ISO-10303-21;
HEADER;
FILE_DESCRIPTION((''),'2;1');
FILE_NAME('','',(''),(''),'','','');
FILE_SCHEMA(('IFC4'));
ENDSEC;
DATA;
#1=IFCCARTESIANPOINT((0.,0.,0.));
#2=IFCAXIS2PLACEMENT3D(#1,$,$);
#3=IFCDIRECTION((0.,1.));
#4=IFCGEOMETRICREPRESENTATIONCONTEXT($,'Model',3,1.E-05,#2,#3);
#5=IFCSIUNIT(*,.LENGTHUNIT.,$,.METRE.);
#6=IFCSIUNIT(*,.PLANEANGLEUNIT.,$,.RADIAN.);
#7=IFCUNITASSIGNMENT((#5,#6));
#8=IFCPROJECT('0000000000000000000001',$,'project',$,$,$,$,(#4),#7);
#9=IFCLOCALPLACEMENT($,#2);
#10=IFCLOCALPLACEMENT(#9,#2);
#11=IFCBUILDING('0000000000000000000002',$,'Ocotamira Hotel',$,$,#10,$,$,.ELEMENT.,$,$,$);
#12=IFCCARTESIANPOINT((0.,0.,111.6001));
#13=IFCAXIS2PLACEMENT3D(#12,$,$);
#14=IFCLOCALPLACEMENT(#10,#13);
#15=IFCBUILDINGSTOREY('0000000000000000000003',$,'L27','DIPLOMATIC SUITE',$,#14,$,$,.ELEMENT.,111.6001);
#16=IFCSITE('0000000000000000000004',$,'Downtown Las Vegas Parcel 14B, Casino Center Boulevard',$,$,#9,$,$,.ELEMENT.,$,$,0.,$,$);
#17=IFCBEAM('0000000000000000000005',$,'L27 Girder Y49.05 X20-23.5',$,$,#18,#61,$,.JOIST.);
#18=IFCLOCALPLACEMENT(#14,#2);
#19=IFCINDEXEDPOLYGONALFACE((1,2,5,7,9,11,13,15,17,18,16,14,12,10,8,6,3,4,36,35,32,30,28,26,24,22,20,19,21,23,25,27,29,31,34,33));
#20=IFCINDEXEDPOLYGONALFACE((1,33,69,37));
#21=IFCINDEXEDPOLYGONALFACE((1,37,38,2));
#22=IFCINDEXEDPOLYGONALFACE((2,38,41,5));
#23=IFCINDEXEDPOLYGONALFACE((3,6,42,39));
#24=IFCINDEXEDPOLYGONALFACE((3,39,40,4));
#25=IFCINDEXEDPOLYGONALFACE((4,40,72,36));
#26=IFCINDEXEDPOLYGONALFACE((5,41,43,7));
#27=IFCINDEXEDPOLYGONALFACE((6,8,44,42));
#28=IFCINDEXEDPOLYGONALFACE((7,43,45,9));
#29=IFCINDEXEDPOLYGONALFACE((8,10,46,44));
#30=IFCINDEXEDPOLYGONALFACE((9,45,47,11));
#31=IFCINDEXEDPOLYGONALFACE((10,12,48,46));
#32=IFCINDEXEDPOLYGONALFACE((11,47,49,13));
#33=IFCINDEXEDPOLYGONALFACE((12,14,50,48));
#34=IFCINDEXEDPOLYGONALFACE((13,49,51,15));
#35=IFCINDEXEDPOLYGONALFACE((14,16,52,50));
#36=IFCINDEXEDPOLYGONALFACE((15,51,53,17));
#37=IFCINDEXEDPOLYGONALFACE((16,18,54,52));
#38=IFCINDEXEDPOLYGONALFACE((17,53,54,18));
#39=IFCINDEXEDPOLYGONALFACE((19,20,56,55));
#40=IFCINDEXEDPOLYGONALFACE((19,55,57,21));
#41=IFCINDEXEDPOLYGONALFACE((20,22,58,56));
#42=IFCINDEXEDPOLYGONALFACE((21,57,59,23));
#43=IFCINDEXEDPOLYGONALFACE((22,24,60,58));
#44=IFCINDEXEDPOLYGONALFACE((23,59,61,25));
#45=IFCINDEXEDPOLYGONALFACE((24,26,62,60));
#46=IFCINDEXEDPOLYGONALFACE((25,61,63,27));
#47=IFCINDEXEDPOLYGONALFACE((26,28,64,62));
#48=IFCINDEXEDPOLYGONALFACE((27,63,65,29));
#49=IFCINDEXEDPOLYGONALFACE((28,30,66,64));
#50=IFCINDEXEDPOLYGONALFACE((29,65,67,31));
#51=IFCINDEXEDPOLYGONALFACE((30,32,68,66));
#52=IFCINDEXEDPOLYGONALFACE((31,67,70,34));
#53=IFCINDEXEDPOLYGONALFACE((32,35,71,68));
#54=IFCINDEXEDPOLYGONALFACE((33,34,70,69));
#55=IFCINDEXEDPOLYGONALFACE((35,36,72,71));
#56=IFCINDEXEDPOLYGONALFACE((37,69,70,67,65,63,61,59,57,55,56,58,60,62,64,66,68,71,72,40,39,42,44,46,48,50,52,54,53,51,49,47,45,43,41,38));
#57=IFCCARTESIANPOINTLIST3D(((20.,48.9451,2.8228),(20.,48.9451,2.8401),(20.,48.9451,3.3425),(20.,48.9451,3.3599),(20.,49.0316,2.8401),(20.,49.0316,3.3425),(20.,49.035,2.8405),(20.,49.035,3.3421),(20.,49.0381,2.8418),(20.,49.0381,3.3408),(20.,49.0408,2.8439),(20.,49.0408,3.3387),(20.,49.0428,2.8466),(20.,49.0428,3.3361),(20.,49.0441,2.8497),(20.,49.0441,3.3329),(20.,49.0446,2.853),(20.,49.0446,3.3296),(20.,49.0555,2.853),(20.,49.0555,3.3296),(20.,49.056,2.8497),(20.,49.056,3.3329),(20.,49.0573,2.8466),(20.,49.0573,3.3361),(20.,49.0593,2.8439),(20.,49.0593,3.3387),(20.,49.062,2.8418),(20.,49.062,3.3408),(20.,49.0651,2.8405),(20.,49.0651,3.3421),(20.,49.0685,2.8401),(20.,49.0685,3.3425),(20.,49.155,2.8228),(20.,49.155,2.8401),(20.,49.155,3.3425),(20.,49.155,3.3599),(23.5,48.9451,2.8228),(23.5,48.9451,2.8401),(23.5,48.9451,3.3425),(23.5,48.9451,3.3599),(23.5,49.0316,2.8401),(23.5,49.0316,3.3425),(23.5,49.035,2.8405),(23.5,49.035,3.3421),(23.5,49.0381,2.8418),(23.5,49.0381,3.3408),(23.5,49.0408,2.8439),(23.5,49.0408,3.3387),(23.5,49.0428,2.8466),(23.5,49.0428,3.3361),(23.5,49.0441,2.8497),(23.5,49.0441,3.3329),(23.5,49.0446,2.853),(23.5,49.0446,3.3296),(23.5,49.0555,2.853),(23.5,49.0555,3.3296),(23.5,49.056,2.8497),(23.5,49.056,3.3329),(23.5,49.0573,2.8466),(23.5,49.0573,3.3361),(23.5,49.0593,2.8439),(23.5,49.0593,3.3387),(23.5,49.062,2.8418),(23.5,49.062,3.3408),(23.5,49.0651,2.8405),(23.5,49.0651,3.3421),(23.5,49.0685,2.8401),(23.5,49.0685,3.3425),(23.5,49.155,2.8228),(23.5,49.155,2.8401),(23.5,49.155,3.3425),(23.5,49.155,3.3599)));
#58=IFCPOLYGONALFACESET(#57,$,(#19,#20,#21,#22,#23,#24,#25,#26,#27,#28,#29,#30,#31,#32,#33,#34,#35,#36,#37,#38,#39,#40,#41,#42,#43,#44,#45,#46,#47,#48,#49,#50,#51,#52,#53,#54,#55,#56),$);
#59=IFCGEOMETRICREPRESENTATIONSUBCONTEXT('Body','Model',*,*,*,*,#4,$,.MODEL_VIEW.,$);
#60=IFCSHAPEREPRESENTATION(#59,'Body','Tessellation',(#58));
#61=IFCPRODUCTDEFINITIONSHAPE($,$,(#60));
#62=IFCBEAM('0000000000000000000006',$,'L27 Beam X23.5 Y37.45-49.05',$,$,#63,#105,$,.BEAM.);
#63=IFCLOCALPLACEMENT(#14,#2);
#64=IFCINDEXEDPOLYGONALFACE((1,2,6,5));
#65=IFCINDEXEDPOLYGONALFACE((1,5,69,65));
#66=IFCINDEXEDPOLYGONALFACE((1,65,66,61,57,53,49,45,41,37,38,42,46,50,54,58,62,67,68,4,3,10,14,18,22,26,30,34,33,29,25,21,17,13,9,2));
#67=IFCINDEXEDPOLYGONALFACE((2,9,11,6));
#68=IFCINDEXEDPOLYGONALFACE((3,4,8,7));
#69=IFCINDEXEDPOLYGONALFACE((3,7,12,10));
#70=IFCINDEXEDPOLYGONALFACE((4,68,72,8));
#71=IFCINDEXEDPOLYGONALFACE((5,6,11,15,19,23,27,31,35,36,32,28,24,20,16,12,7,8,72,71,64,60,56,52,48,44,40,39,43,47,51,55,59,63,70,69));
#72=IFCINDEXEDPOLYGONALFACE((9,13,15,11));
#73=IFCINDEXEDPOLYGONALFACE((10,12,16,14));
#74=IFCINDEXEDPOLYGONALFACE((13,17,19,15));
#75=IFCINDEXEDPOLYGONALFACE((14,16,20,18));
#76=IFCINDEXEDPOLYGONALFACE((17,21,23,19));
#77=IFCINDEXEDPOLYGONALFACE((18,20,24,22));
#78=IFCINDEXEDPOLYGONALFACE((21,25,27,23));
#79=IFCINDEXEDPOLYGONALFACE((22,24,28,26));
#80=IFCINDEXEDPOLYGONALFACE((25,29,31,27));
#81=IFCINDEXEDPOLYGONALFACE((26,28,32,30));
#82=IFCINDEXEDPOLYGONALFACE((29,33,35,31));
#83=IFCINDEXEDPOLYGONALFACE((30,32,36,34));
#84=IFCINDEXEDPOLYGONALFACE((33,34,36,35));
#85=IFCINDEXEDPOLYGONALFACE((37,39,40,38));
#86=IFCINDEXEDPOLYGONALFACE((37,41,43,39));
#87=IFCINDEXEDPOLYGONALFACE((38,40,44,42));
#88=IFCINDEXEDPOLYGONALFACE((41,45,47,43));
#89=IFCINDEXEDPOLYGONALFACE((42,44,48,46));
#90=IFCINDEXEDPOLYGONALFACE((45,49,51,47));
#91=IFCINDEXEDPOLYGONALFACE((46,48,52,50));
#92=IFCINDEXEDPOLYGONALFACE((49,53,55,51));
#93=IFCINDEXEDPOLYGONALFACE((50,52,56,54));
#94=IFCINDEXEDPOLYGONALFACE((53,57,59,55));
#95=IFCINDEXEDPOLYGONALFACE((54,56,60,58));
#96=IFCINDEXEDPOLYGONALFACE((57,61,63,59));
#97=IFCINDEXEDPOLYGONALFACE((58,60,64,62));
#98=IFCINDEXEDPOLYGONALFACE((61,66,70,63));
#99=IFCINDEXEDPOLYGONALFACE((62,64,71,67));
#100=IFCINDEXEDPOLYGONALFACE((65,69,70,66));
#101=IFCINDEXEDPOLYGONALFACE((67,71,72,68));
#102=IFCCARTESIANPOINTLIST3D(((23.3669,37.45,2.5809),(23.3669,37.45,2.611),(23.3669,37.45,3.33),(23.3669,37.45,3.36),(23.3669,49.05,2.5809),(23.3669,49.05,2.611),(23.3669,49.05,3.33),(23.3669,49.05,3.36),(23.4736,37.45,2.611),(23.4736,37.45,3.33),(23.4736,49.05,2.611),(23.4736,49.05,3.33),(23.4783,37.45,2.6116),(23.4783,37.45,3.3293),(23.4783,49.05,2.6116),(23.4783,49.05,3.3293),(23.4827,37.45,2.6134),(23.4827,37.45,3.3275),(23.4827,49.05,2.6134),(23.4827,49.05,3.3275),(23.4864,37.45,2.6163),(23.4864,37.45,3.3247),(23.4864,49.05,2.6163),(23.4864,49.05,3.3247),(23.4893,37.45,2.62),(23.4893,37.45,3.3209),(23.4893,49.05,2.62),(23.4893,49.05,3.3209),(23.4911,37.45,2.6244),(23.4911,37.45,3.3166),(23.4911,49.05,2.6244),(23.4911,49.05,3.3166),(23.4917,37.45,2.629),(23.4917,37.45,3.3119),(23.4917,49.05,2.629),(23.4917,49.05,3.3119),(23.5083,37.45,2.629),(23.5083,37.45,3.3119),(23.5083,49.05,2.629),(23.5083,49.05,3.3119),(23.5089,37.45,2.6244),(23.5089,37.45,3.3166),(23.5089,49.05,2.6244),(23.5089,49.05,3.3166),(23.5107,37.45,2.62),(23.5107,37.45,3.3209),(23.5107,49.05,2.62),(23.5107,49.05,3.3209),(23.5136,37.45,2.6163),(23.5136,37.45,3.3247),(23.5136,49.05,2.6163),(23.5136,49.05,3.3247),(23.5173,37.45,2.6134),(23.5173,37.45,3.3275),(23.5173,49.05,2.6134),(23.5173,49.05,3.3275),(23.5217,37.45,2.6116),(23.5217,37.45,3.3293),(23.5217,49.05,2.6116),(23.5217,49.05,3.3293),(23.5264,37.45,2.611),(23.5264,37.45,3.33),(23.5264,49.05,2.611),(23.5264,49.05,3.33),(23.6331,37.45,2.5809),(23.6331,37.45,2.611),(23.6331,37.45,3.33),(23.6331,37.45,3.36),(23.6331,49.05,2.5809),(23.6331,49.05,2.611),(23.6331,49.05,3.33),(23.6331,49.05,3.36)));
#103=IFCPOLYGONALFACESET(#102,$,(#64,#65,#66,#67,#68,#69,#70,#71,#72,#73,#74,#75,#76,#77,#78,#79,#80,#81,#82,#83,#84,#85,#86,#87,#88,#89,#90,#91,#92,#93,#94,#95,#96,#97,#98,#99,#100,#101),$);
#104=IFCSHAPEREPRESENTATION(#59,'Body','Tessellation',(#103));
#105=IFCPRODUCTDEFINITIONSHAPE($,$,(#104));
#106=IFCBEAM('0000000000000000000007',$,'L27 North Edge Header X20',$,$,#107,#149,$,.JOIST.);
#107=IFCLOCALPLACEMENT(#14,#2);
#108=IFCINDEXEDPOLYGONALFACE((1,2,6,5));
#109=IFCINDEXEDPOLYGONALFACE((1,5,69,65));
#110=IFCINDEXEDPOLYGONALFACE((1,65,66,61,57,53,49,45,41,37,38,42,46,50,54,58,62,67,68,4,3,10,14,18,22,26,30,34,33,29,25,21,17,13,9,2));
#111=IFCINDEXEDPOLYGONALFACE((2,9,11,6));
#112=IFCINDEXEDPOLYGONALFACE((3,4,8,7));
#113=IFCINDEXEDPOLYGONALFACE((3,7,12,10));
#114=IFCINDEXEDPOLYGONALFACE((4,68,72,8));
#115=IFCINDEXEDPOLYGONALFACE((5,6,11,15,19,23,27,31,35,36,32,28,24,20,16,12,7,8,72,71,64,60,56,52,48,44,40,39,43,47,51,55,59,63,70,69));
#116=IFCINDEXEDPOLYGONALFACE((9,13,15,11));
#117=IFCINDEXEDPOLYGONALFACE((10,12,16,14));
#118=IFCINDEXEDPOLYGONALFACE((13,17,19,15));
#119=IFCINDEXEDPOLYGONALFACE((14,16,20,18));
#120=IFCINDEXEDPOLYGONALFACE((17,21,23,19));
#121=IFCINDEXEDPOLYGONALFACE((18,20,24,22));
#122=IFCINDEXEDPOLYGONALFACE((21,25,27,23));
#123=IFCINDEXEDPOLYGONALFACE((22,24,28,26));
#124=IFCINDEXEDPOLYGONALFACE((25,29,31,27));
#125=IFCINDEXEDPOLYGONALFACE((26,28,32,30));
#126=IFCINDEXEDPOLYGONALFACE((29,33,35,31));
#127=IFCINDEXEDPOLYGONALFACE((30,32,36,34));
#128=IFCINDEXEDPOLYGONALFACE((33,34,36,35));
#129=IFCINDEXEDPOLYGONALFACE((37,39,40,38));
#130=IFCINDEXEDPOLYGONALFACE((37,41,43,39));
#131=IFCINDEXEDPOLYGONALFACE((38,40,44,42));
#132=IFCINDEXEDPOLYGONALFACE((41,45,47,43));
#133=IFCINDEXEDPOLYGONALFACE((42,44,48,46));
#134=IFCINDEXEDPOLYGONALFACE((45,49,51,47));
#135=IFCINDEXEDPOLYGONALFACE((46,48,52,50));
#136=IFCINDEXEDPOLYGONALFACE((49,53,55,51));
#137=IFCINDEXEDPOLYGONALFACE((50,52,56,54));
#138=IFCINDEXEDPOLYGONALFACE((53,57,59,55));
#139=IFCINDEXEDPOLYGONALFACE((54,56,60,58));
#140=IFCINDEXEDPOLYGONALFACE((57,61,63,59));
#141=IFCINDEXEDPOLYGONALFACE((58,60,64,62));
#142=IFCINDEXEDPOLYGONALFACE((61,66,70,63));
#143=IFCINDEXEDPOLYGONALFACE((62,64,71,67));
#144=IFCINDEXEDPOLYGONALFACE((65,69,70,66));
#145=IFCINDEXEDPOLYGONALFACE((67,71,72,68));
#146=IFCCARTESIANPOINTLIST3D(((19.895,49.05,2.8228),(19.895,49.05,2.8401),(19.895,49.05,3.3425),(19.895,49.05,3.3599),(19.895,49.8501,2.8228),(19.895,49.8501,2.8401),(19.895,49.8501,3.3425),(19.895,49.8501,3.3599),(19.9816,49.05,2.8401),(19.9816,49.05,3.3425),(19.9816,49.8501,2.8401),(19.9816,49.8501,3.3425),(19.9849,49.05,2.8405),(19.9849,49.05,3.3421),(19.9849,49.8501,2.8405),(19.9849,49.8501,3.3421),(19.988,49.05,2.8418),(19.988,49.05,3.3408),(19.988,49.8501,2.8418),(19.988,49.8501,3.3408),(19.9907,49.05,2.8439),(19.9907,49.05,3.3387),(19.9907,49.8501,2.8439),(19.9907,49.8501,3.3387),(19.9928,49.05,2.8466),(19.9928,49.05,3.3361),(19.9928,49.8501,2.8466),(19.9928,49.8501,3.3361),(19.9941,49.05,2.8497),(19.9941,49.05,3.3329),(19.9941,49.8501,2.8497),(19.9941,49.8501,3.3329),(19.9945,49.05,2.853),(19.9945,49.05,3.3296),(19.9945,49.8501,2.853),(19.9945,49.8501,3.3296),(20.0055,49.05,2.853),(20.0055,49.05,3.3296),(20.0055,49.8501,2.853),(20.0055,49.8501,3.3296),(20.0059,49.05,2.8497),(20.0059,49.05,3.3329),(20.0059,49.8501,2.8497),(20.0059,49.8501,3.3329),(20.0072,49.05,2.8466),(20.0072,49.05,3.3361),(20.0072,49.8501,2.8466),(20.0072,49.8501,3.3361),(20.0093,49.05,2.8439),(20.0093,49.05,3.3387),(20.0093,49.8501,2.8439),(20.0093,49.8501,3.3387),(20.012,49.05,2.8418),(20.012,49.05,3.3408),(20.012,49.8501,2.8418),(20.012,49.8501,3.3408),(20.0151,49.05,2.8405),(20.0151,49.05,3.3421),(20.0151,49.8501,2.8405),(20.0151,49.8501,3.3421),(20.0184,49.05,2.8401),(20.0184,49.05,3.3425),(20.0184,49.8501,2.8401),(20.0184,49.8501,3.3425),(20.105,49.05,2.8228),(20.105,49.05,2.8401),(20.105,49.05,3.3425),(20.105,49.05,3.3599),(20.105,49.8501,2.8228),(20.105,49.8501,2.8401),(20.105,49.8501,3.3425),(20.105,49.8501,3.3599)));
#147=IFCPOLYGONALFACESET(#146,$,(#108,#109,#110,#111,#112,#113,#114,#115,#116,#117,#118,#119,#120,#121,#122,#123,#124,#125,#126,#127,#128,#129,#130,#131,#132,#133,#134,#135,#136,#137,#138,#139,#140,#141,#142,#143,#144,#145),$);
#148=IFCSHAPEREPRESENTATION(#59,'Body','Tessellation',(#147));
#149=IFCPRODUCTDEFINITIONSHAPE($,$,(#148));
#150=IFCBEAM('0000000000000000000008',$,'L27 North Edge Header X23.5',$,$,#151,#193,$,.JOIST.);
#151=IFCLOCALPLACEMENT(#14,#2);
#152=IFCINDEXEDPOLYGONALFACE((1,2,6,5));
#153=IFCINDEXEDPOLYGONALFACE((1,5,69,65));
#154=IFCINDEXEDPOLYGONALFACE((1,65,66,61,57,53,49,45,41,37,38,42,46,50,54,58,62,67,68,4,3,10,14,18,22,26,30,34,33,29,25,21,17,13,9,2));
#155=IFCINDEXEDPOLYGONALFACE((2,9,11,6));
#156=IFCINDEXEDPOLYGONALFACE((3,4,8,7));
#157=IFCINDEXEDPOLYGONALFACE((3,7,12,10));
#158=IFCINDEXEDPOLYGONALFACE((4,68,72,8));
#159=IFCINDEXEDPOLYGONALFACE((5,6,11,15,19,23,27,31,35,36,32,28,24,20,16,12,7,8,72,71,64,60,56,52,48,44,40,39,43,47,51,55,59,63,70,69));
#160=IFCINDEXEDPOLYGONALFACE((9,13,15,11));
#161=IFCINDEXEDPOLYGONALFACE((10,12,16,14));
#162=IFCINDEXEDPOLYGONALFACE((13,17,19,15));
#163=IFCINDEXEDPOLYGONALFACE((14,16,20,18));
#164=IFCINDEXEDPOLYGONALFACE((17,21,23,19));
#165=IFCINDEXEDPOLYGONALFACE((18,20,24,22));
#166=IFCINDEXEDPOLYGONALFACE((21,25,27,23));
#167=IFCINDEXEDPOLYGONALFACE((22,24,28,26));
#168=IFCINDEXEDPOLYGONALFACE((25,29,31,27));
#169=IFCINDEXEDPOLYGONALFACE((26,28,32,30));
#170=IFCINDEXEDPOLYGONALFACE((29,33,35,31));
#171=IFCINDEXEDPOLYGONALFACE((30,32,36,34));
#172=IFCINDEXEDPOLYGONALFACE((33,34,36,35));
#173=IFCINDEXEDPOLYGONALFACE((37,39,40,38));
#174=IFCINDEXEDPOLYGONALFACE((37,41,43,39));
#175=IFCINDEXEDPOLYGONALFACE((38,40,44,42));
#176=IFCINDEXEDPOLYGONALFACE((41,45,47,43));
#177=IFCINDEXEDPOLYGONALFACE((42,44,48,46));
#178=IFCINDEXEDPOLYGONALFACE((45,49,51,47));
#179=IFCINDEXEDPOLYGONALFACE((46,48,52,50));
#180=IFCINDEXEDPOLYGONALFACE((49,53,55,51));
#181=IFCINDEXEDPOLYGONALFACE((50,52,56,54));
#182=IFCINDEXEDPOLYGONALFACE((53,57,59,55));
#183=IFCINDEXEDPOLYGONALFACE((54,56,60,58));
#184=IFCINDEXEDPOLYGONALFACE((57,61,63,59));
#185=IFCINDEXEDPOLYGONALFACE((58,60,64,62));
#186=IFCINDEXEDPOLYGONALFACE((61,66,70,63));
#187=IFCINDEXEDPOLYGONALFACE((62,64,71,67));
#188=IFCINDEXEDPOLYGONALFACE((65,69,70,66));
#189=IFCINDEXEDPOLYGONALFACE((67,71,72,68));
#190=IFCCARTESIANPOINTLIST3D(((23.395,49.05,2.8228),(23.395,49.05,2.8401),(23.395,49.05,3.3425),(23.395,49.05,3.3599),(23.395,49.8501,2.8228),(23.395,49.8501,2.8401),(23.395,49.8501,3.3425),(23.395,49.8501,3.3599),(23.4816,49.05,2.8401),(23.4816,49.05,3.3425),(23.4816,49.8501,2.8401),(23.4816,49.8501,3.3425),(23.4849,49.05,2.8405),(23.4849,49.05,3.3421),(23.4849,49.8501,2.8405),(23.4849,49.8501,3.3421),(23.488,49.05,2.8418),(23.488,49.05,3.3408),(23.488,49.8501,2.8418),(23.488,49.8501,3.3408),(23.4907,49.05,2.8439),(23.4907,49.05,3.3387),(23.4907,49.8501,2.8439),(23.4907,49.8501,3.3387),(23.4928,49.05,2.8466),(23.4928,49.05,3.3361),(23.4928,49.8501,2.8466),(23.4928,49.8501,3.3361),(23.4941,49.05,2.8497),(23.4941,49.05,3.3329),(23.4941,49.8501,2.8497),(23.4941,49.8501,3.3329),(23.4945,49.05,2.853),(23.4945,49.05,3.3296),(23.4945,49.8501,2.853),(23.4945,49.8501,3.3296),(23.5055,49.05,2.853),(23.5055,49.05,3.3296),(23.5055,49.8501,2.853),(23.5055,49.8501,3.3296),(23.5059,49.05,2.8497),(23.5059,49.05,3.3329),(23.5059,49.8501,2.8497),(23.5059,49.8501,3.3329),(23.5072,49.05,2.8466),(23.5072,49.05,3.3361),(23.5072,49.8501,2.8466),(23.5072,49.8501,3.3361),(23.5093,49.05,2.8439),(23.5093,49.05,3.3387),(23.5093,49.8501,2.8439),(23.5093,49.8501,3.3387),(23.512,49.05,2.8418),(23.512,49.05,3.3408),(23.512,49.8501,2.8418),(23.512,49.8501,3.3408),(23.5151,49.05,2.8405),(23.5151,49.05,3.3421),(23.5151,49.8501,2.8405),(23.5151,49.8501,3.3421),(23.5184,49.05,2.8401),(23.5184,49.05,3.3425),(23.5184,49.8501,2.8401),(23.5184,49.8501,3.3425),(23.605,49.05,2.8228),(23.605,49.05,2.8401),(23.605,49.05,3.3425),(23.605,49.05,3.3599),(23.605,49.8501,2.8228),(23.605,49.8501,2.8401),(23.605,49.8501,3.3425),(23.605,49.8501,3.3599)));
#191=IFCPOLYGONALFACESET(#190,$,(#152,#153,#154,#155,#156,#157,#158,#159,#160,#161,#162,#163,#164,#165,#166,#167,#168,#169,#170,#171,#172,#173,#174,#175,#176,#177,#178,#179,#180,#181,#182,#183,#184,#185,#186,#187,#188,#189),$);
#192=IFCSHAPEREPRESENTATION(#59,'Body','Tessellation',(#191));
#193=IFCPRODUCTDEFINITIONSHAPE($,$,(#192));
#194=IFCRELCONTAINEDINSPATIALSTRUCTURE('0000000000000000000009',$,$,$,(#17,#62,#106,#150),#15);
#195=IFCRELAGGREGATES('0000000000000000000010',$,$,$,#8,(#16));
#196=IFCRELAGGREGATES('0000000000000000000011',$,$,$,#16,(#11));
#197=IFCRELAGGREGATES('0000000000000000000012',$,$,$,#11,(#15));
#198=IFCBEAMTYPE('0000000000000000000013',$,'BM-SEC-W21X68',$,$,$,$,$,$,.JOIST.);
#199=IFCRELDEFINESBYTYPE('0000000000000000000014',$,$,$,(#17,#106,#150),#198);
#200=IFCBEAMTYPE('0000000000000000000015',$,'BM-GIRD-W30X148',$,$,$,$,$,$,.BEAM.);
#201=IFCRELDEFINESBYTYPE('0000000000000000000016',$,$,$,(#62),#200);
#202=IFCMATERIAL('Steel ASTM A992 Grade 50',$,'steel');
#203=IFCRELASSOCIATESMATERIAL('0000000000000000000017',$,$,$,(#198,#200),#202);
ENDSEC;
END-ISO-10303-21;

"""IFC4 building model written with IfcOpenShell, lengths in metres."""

from ifc_helpers import new_model, si_unit, direction, frame, origin, origin_2d, place, context, subcontext, project, spatial, i_section, extrude, source, transform, mapped, material, material_profile, profile_set, type_object, element, save


model = new_model("IFC4")

# Units and contexts
model_context = context("Model", 3, precision=1e-05, world=origin(), true_north=direction((0.0, 1.0)))
body_context = subcontext(model_context, "Body", "Model", "MODEL_VIEW")
ifc_project = project(units=[si_unit("LENGTHUNIT", "METRE"), si_unit("PLANEANGLEUNIT", "RADIAN")], contexts=[model_context])

# Site, building, storey
site_placement = place(None, origin())
site = spatial("IfcSite", under=ifc_project, at=site_placement, Name="Downtown Las Vegas Parcel 14B, Casino Center Boulevard", CompositionType="ELEMENT", RefElevation=0.0)
building_placement = place(site_placement, origin())
building = spatial("IfcBuilding", under=site, at=building_placement, Name="Ocotamira Hotel", CompositionType="ELEMENT")
storey_placement = place(building_placement, frame((0.0, 0.0, 111.6001)))
storey = spatial("IfcBuildingStorey", under=building, at=storey_placement, Name="L27", Description="DIPLOMATIC SUITE", CompositionType="ELEMENT", Elevation=111.6001)

# Beams
ifc_material_1 = material(Name="Steel ASTM A992 Grade 50", Category="steel")
ifc_material_profile_1 = material_profile(ifc_material_1, i_section(OverallWidth=0.21, OverallDepth=0.5371, WebThickness=0.011, FlangeThickness=0.0173, FilletRadius=0.0129, at=origin_2d()), Name="W21X68")
ifc_profile_set_1 = profile_set([ifc_material_profile_1], Name="Steel ASTM A992 Grade 50")
beam_type_1 = type_object("IfcBeamType", Name="BM-SEC-W21X68", PredefinedType="JOIST", material=ifc_profile_set_1)
shared_shape_1 = source(origin(), body_context, "Body", "SweptSolid", [
    extrude(i_section(OverallWidth=0.21, OverallDepth=0.5371, WebThickness=0.011, FlangeThickness=0.0173, FilletRadius=0.0129, at=origin_2d()), origin(), (0.0, 0.0, 1.0), 3.5),
])
beam_1_placement = place(storey_placement, frame((20.0, 49.05, 3.0913), z_axis=(1.0, 0.0, 0.0), x_axis=(0.0, 1.0, 0.0)))
element("IfcBeam", 1, at=beam_1_placement, inside=storey, type_object=beam_type_1, Name="L27 Girder Y49.05 X20-23.5", PredefinedType="JOIST", context=body_context, shape_type="MappedRepresentation", body=[
    mapped(shared_shape_1, transform((0.0, 0.0, 0.0), scale=1.0)),
])
ifc_material_profile_2 = material_profile(ifc_material_1, i_section(OverallWidth=0.2661, OverallDepth=0.7791, WebThickness=0.0166, FlangeThickness=0.03, FilletRadius=0.0181, at=origin_2d()), Name="W30X148")
ifc_profile_set_2 = profile_set([ifc_material_profile_2], Name="Steel ASTM A992 Grade 50")
beam_type_2 = type_object("IfcBeamType", Name="BM-GIRD-W30X148", PredefinedType="BEAM", material=ifc_profile_set_2)
shared_shape_2 = source(origin(), body_context, "Body", "SweptSolid", [
    extrude(i_section(OverallWidth=0.2661, OverallDepth=0.7791, WebThickness=0.0166, FlangeThickness=0.03, FilletRadius=0.0181, at=origin_2d()), origin(), (0.0, 0.0, 1.0), 11.6001),
])
beam_2_placement = place(storey_placement, frame((23.5, 37.45, 2.9705), z_axis=(0.0, 1.0, 0.0), x_axis=(-1.0, 0.0, 0.0)))
element("IfcBeam", 2, at=beam_2_placement, inside=storey, type_object=beam_type_2, Name="L27 Beam X23.5 Y37.45-49.05", PredefinedType="BEAM", context=body_context, shape_type="MappedRepresentation", body=[
    mapped(shared_shape_2, transform((0.0, 0.0, 0.0), scale=1.0)),
])
shared_shape_3 = source(origin(), body_context, "Body", "SweptSolid", [
    extrude(i_section(OverallWidth=0.21, OverallDepth=0.5371, WebThickness=0.011, FlangeThickness=0.0173, FilletRadius=0.0129, at=origin_2d()), origin(), (0.0, 0.0, 1.0), 0.8),
])
for number, where, z_axis, x_axis, name in (
    (3, (20.0, 49.05, 3.0913), (0.0, 1.0, 0.0), (-1.0, 0.0, 0.0), "L27 North Edge Header X20"),
    (4, (23.5, 49.05, 3.0913), (0.0, 1.0, 0.0), (-1.0, 0.0, 0.0), "L27 North Edge Header X23.5"),
):
    element("IfcBeam", number, at=place(storey_placement, frame(where, z_axis=z_axis, x_axis=x_axis)), inside=storey, type_object=beam_type_1, Name=name, PredefinedType="JOIST", context=body_context, shape_type="MappedRepresentation", body=[
        mapped(shared_shape_3, transform((0.0, 0.0, 0.0), scale=1.0)),
    ])

save(model, "model.ifc")
